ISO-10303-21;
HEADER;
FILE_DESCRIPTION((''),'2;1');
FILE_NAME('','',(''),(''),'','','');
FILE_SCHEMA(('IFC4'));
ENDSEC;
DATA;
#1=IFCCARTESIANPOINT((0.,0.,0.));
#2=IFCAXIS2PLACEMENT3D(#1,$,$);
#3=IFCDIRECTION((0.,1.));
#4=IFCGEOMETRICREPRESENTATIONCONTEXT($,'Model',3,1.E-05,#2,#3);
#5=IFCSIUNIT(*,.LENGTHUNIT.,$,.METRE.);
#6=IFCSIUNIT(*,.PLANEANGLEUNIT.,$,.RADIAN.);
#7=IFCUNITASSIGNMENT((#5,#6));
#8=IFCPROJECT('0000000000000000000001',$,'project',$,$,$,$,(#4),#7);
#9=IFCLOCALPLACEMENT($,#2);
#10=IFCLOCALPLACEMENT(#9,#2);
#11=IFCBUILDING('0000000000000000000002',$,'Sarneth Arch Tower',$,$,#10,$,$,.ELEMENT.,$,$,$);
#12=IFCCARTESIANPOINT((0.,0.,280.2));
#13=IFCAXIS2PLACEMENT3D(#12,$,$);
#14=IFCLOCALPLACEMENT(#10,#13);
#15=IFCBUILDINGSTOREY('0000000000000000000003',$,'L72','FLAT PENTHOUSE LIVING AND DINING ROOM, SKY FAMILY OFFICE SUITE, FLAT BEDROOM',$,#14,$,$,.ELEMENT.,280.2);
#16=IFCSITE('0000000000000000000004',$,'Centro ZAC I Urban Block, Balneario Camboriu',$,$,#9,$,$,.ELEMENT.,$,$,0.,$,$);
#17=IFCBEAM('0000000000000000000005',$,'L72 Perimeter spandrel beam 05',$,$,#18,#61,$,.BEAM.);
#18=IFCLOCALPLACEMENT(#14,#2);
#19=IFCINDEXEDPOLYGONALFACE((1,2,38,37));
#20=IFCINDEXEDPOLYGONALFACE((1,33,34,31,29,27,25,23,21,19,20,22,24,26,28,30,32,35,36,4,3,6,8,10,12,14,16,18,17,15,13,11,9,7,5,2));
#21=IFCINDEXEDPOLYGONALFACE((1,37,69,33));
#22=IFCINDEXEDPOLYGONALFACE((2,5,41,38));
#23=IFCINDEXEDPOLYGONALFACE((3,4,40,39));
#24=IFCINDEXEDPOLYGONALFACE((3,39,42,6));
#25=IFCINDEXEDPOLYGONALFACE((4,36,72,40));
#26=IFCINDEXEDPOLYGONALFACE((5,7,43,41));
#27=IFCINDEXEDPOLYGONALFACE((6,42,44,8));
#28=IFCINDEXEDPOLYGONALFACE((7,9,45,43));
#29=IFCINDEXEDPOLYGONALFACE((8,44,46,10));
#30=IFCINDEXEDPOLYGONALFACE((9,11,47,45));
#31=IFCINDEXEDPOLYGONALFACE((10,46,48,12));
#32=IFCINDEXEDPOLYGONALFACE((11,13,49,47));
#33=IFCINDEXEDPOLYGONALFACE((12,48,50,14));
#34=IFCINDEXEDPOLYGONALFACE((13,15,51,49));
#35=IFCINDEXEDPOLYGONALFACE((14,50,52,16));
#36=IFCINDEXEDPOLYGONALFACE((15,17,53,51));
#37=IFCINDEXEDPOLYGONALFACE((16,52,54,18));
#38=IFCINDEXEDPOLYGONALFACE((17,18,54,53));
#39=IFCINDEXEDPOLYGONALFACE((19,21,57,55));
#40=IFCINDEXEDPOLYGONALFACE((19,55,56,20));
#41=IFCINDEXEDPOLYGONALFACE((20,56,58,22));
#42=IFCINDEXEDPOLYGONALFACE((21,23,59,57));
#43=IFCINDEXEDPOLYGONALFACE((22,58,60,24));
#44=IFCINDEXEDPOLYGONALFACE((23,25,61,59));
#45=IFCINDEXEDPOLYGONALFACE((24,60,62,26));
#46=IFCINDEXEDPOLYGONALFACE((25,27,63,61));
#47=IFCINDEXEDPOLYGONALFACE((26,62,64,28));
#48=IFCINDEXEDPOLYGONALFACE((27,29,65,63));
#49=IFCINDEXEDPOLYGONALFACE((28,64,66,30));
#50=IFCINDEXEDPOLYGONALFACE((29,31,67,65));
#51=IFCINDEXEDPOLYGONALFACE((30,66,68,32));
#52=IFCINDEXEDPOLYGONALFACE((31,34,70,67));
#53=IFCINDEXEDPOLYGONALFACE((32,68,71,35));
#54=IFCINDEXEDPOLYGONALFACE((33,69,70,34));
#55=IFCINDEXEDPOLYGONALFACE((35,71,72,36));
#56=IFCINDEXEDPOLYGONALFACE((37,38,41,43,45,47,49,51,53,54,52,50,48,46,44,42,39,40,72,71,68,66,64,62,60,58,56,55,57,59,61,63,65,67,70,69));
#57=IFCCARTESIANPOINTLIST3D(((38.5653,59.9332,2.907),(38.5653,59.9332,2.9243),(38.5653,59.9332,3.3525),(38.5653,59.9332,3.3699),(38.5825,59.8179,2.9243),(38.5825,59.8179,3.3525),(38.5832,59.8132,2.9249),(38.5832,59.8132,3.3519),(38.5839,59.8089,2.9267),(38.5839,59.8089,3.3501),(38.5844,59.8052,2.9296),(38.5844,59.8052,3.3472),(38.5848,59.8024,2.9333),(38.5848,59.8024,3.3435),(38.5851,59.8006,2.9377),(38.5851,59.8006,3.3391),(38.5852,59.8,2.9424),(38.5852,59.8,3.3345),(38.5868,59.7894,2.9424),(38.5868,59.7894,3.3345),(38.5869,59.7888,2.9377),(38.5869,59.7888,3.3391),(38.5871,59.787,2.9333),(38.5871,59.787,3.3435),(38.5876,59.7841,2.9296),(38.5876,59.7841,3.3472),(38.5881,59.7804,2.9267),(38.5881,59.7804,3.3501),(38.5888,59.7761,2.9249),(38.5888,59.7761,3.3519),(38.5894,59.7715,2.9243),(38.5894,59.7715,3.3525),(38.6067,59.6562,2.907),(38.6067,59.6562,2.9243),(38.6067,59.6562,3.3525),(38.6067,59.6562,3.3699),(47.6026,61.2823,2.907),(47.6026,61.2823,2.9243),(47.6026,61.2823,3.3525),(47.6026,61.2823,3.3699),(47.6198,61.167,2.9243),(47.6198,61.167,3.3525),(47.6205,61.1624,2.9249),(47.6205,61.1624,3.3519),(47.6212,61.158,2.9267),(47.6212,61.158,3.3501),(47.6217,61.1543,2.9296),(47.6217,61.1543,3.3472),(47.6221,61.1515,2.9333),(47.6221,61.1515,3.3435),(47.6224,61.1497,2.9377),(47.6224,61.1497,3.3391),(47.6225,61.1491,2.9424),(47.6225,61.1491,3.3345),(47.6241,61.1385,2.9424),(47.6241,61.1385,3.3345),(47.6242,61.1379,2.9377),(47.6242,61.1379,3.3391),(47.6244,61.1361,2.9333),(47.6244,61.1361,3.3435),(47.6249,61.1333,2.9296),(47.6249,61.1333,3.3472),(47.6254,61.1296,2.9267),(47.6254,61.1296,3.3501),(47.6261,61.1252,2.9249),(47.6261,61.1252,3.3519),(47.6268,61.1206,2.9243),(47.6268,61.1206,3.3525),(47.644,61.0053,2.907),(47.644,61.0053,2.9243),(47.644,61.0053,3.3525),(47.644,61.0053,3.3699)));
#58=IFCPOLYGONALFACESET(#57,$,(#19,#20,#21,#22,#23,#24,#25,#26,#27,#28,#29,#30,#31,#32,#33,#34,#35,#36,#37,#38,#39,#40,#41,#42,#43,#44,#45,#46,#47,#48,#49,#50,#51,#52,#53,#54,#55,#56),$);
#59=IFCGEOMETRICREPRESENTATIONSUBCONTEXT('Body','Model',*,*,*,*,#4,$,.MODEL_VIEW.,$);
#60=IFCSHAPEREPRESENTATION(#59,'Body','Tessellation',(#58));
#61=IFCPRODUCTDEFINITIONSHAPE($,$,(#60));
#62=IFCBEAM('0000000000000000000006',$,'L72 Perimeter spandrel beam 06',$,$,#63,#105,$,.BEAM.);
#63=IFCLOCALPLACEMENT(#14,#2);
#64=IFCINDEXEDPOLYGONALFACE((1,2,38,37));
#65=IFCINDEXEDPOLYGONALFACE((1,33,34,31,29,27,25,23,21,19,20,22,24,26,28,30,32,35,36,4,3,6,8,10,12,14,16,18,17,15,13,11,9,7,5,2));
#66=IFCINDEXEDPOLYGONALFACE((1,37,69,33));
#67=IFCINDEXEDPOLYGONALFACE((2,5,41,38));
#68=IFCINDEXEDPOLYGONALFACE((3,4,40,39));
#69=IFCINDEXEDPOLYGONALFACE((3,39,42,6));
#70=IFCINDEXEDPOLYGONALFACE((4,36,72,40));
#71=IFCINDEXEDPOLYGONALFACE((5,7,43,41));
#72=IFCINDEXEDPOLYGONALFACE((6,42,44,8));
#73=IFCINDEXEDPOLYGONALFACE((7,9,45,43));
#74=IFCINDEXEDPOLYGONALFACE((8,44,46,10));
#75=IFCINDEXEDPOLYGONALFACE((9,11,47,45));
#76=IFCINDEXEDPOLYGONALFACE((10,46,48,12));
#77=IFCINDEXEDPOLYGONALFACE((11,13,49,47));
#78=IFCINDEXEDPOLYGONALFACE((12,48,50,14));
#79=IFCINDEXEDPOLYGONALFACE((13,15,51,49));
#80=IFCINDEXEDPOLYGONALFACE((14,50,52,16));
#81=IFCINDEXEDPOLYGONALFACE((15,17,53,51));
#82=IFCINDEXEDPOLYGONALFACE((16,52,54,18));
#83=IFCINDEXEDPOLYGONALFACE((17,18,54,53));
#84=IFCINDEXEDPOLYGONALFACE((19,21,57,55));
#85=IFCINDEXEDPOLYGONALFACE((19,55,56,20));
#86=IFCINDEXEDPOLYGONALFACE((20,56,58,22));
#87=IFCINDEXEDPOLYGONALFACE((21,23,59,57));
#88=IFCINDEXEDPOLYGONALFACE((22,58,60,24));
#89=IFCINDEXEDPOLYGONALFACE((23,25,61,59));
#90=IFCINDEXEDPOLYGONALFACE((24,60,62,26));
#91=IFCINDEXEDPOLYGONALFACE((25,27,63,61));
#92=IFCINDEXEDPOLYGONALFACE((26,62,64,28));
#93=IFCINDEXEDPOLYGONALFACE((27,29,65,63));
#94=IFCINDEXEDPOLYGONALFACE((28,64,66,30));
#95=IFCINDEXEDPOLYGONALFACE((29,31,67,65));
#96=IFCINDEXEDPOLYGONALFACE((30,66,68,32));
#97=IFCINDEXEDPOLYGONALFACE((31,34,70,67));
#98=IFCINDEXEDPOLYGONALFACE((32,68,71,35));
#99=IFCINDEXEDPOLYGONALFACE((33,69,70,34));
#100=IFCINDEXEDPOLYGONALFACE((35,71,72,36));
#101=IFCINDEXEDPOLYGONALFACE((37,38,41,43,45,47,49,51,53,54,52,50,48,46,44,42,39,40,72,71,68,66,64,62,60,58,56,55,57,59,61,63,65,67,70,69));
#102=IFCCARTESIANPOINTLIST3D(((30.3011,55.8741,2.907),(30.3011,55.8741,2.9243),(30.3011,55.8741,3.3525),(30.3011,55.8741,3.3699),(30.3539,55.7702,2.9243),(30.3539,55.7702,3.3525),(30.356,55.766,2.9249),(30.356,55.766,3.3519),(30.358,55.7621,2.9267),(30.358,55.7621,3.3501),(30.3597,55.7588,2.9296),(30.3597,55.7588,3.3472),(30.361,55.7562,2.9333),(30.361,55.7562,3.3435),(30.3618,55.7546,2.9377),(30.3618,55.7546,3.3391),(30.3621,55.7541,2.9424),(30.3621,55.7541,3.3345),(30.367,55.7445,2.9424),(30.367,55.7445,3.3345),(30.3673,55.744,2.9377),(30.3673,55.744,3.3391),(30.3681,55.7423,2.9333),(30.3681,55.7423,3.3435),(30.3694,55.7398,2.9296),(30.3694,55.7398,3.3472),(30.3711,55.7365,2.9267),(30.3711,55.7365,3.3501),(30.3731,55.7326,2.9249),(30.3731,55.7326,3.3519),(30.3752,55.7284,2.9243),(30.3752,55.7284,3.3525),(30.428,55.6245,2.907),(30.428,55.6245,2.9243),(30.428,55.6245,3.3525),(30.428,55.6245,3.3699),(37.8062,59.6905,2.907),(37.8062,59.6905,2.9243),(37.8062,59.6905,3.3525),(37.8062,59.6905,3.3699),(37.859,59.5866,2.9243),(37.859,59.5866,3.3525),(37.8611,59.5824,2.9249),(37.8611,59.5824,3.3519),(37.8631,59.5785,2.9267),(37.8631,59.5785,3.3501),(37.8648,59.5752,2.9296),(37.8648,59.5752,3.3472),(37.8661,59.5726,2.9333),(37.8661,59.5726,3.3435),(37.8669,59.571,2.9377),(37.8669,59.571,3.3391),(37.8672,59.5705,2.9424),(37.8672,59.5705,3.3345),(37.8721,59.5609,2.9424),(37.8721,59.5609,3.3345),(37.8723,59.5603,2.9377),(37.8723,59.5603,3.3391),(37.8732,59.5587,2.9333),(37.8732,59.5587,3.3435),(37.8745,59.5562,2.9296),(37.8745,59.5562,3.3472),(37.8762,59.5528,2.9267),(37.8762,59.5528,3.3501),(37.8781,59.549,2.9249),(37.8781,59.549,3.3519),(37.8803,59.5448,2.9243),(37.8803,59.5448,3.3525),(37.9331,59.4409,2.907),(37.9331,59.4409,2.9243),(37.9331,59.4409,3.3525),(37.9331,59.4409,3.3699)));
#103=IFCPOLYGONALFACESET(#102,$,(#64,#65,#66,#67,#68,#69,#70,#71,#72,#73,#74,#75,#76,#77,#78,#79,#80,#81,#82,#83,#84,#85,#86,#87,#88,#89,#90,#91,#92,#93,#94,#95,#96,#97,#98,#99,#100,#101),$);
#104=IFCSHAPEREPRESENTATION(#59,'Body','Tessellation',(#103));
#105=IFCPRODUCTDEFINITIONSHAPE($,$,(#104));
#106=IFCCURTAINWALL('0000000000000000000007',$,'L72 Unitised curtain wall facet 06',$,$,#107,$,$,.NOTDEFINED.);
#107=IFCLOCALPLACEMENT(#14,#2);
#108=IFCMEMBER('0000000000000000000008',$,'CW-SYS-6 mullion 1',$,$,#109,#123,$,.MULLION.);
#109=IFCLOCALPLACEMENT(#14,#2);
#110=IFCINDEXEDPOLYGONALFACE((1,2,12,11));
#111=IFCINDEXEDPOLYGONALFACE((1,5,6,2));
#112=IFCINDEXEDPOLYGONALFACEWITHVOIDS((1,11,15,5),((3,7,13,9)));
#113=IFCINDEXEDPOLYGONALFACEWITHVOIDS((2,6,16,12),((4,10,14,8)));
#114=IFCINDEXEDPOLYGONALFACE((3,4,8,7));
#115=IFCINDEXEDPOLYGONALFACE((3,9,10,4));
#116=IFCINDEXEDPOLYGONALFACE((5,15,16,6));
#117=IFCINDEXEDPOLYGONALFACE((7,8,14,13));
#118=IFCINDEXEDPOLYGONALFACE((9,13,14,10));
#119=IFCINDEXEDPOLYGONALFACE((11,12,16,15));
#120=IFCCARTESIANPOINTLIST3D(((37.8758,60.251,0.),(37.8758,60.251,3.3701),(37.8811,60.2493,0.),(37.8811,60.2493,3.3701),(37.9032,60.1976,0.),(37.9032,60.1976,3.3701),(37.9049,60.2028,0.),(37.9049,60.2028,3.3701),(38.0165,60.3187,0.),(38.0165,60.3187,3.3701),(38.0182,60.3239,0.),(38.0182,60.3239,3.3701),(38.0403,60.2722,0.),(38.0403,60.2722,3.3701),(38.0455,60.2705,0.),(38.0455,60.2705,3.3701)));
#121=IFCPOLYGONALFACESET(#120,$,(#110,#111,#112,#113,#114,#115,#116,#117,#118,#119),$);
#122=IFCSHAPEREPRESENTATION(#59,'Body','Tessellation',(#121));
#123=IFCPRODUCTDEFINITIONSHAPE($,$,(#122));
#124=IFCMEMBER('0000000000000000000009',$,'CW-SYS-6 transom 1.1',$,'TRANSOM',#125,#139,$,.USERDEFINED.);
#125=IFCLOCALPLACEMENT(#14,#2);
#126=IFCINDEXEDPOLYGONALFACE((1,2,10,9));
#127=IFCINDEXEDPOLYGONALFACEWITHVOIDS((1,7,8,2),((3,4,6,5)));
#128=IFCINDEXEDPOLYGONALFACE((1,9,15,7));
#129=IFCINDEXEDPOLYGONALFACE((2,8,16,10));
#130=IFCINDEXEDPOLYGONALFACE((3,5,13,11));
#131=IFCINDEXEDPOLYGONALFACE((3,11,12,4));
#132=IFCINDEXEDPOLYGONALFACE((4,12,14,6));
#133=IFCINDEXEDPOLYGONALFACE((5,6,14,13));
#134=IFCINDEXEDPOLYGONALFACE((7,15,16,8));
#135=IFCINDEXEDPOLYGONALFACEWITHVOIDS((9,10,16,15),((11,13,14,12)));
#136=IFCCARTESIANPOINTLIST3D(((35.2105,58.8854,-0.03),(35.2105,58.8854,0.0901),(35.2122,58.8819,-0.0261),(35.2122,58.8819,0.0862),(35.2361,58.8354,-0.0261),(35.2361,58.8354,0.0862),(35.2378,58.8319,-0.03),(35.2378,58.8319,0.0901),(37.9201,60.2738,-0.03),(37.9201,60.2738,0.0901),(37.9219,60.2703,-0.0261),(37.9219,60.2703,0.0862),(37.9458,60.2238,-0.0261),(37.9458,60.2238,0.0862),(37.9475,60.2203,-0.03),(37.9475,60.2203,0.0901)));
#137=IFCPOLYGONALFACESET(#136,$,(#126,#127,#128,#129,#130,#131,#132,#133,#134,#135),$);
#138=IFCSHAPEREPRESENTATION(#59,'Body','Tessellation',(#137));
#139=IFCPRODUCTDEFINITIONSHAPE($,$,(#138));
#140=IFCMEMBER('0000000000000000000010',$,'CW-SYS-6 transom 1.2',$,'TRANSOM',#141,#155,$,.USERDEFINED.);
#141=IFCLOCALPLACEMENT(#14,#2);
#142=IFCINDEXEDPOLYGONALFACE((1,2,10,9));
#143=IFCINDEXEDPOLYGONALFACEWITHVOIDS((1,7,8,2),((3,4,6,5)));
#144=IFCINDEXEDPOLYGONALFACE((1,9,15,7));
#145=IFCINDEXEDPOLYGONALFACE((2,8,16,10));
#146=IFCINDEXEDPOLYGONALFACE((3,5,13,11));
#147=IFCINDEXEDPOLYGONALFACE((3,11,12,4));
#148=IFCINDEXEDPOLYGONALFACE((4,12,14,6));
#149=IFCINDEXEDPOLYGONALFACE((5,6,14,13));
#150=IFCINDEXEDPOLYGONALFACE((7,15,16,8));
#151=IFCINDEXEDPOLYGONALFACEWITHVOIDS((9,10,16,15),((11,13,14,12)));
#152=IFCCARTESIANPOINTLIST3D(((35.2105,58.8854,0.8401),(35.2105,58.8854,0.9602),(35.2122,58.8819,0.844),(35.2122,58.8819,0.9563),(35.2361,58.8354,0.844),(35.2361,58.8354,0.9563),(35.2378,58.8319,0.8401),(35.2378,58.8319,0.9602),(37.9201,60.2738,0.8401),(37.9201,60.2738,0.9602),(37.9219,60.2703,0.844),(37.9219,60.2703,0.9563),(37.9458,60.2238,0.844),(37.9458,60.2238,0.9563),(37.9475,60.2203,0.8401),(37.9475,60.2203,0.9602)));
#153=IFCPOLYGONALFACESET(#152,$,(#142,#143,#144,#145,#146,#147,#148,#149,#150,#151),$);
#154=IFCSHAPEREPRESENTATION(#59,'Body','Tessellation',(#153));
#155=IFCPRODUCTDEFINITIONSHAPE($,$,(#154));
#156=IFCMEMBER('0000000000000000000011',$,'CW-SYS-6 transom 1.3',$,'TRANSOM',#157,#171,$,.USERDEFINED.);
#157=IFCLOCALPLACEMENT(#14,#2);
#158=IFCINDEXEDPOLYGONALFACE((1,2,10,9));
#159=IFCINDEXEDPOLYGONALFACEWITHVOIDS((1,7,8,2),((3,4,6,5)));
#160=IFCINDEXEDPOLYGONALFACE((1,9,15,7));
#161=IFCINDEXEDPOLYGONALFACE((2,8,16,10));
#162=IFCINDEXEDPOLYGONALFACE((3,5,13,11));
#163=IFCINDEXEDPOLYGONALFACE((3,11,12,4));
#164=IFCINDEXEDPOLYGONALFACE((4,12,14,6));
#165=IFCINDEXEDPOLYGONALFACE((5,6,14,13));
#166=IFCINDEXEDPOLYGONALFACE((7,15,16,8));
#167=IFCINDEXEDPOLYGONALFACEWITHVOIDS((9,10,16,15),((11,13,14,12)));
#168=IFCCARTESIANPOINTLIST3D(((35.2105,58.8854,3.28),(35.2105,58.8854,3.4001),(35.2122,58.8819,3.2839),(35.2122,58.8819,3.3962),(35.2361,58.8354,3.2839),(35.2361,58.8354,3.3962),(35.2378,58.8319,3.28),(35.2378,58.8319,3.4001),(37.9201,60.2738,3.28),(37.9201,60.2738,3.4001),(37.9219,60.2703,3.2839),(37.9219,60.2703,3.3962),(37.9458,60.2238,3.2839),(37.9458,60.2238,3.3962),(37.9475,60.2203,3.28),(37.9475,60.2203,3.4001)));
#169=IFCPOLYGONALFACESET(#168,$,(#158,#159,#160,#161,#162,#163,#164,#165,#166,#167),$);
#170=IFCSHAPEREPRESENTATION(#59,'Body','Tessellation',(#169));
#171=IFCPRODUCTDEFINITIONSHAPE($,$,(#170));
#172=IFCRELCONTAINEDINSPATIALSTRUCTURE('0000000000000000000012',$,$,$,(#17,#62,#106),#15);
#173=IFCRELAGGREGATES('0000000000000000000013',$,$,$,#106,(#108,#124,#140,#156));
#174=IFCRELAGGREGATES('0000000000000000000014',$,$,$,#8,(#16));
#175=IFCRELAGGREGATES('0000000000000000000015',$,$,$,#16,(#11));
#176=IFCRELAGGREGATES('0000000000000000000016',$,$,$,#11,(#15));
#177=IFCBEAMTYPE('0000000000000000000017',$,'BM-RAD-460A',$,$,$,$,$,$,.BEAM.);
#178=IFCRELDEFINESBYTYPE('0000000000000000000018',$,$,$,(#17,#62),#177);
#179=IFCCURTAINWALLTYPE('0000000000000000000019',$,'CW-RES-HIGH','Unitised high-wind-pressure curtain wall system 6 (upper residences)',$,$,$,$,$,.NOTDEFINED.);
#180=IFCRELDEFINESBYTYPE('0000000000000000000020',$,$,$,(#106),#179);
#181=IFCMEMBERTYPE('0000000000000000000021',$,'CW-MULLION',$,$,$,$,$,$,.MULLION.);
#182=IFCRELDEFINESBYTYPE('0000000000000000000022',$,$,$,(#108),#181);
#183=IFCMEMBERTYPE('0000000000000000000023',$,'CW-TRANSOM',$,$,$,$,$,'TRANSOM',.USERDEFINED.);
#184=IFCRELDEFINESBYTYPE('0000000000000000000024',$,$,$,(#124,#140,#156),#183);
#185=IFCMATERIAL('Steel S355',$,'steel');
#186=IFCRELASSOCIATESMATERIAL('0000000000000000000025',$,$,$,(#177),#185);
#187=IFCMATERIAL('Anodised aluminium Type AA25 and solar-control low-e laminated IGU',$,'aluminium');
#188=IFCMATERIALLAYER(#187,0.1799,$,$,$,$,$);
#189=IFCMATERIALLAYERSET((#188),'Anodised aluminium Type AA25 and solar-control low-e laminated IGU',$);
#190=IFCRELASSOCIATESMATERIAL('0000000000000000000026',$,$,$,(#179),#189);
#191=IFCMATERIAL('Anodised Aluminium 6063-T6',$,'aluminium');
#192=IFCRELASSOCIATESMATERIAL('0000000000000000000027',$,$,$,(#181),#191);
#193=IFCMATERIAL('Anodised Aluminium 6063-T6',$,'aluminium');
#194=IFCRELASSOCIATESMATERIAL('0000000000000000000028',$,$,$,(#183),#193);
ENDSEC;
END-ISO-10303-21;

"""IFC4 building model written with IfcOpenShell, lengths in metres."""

from ifc_helpers import new_model, si_unit, direction, frame, origin, origin_2d, place, context, subcontext, project, spatial, hollow_rectangle, i_section, extrude, material, layer, layer_set, material_profile, profile_set, type_object, element, aggregate, save


model = new_model("IFC4")

# Units and contexts
model_context = context("Model", 3, precision=1e-05, world=origin(), true_north=direction((0.0, 1.0)))
body_context = subcontext(model_context, "Body", "Model", "MODEL_VIEW")
ifc_project = project(units=[si_unit("LENGTHUNIT", "METRE"), si_unit("PLANEANGLEUNIT", "RADIAN")], contexts=[model_context])

# Site, building, storey
site_placement = place(None, origin())
site = spatial("IfcSite", under=ifc_project, at=site_placement, Name="Centro ZAC I Urban Block, Balneario Camboriu", CompositionType="ELEMENT", RefElevation=0.0)
building_placement = place(site_placement, origin())
building = spatial("IfcBuilding", under=site, at=building_placement, Name="Sarneth Arch Tower", CompositionType="ELEMENT")
storey_placement = place(building_placement, frame((0.0, 0.0, 280.2)))
storey = spatial("IfcBuildingStorey", under=building, at=storey_placement, Name="L72", Description="FLAT PENTHOUSE LIVING AND DINING ROOM, SKY FAMILY OFFICE SUITE, FLAT BEDROOM", CompositionType="ELEMENT", Elevation=280.2)

# Beams
ifc_material_1 = material(Name="Steel S355", Category="steel")
ifc_material_profile_1 = material_profile(ifc_material_1, i_section(OverallWidth=0.28, OverallDepth=0.4629, WebThickness=0.0107, FlangeThickness=0.0173, FilletRadius=0.0181, at=origin_2d()), Name="W460x113")
ifc_profile_set_1 = profile_set([ifc_material_profile_1], Name="Steel S355")
beam_type_1 = type_object("IfcBeamType", Name="BM-RAD-460A", PredefinedType="BEAM", material=ifc_profile_set_1)
beam_1_placement = place(storey_placement, frame((47.6233, 61.1438, 3.1384), z_axis=(-0.98904, -0.147647, 0.0), x_axis=(0.147647, -0.98904, 0.0)))
element("IfcBeam", 1, at=beam_1_placement, inside=storey, type_object=beam_type_1, Name="L72 Perimeter spandrel beam 05", PredefinedType="BEAM", context=body_context, shape_type="SweptSolid", body=[
    extrude(i_section(OverallWidth=0.28, OverallDepth=0.4629, WebThickness=0.0107, FlangeThickness=0.0173, FilletRadius=0.0181, at=origin_2d()), origin(), (0.0, 0.0, 1.0), 9.1375),
])
beam_2_placement = place(storey_placement, frame((37.8696, 59.5657, 3.1384), z_axis=(-0.891374, -0.453269, 0.0), x_axis=(0.453269, -0.891374, 0.0)))
element("IfcBeam", 2, at=beam_2_placement, inside=storey, type_object=beam_type_1, Name="L72 Perimeter spandrel beam 06", PredefinedType="BEAM", context=body_context, shape_type="SweptSolid", body=[
    extrude(i_section(OverallWidth=0.28, OverallDepth=0.4629, WebThickness=0.0107, FlangeThickness=0.0173, FilletRadius=0.0181, at=origin_2d()), origin(), (0.0, 0.0, 1.0), 8.4197),
])

# Curtain wall, members
ifc_material_2 = material(Name="Anodised aluminium Type AA25 and solar-control low-e laminated IGU", Category="aluminium")
ifc_layer_1 = layer(ifc_material_2, 0.1799)
ifc_layer_set_1 = layer_set([ifc_layer_1], Name="Anodised aluminium Type AA25 and solar-control low-e laminated IGU")
curtain_wall_type = type_object("IfcCurtainWallType", Name="CW-RES-HIGH", Description="Unitised high-wind-pressure curtain wall system 6 (upper residences)", PredefinedType="NOTDEFINED", material=ifc_layer_set_1)
curtain_wall_placement = place(storey_placement, origin())
curtain_wall = element("IfcCurtainWall", 3, at=curtain_wall_placement, inside=storey, type_object=curtain_wall_type, Name="L72 Unitised curtain wall facet 06", PredefinedType="NOTDEFINED")
ifc_material_3 = material(Name="Anodised Aluminium 6063-T6", Category="aluminium")
ifc_material_profile_2 = material_profile(ifc_material_3, hollow_rectangle(XDim=0.0601, YDim=0.1599, WallThickness=0.0039, at=origin_2d()), Name="AL-MULL-160x60x4")
ifc_profile_set_2 = profile_set([ifc_material_profile_2], Name="Anodised Aluminium 6063-T6")
member_type_1 = type_object("IfcMemberType", Name="CW-MULLION", PredefinedType="MULLION", material=ifc_profile_set_2)
member_1_placement = place(storey_placement, frame((37.9607, 60.2607, 0.0), z_axis=(0.0, 0.0, 1.0), x_axis=(0.455942, -0.89001, 0.0)))
member_1 = element("IfcMember", 4, at=member_1_placement, type_object=member_type_1, Name="CW-SYS-6 mullion 1", PredefinedType="MULLION", context=body_context, shape_type="SweptSolid", body=[
    extrude(hollow_rectangle(XDim=0.0601, YDim=0.1599, WallThickness=0.0039, at=origin_2d()), origin(), (0.0, 0.0, 1.0), 3.3701),
])
ifc_material_4 = material(Name="Anodised Aluminium 6063-T6", Category="aluminium")
ifc_material_profile_3 = material_profile(ifc_material_4, hollow_rectangle(XDim=0.0601, YDim=0.1201, WallThickness=0.0039, at=origin_2d()), Name="AL-TRAN-120x60x4")
ifc_profile_set_3 = profile_set([ifc_material_profile_3], Name="Anodised Aluminium 6063-T6")
member_type_2 = type_object("IfcMemberType", Name="CW-TRANSOM", ElementType="TRANSOM", PredefinedType="USERDEFINED", material=ifc_profile_set_3)
member_2_placement = place(storey_placement, frame((37.9338, 60.2471, 0.03), z_axis=(-0.889974, -0.456012, 0.0), x_axis=(0.456012, -0.889974, 0.0)))
member_2 = element("IfcMember", 5, at=member_2_placement, type_object=member_type_2, Name="CW-SYS-6 transom 1.1", ObjectType="TRANSOM", PredefinedType="USERDEFINED", context=body_context, shape_type="SweptSolid", body=[
    extrude(hollow_rectangle(XDim=0.0601, YDim=0.1201, WallThickness=0.0039, at=origin_2d()), origin(), (0.0, 0.0, 1.0), 3.0447),
])
member_3_placement = place(storey_placement, frame((37.9338, 60.2471, 0.9001), z_axis=(-0.889974, -0.456012, 0.0), x_axis=(0.456012, -0.889974, 0.0)))
member_3 = element("IfcMember", 6, at=member_3_placement, type_object=member_type_2, Name="CW-SYS-6 transom 1.2", ObjectType="TRANSOM", PredefinedType="USERDEFINED", context=body_context, shape_type="SweptSolid", body=[
    extrude(hollow_rectangle(XDim=0.0601, YDim=0.1201, WallThickness=0.0039, at=origin_2d()), origin(), (0.0, 0.0, 1.0), 3.0447),
])
member_4_placement = place(storey_placement, frame((37.9338, 60.2471, 3.3401), z_axis=(-0.889974, -0.456012, 0.0), x_axis=(0.456012, -0.889974, 0.0)))
member_4 = element("IfcMember", 7, at=member_4_placement, type_object=member_type_2, Name="CW-SYS-6 transom 1.3", ObjectType="TRANSOM", PredefinedType="USERDEFINED", context=body_context, shape_type="SweptSolid", body=[
    extrude(hollow_rectangle(XDim=0.0601, YDim=0.1201, WallThickness=0.0039, at=origin_2d()), origin(), (0.0, 0.0, 1.0), 3.0447),
])

aggregate(curtain_wall, [member_1, member_2, member_3, member_4])

save(model, "model.ifc")
